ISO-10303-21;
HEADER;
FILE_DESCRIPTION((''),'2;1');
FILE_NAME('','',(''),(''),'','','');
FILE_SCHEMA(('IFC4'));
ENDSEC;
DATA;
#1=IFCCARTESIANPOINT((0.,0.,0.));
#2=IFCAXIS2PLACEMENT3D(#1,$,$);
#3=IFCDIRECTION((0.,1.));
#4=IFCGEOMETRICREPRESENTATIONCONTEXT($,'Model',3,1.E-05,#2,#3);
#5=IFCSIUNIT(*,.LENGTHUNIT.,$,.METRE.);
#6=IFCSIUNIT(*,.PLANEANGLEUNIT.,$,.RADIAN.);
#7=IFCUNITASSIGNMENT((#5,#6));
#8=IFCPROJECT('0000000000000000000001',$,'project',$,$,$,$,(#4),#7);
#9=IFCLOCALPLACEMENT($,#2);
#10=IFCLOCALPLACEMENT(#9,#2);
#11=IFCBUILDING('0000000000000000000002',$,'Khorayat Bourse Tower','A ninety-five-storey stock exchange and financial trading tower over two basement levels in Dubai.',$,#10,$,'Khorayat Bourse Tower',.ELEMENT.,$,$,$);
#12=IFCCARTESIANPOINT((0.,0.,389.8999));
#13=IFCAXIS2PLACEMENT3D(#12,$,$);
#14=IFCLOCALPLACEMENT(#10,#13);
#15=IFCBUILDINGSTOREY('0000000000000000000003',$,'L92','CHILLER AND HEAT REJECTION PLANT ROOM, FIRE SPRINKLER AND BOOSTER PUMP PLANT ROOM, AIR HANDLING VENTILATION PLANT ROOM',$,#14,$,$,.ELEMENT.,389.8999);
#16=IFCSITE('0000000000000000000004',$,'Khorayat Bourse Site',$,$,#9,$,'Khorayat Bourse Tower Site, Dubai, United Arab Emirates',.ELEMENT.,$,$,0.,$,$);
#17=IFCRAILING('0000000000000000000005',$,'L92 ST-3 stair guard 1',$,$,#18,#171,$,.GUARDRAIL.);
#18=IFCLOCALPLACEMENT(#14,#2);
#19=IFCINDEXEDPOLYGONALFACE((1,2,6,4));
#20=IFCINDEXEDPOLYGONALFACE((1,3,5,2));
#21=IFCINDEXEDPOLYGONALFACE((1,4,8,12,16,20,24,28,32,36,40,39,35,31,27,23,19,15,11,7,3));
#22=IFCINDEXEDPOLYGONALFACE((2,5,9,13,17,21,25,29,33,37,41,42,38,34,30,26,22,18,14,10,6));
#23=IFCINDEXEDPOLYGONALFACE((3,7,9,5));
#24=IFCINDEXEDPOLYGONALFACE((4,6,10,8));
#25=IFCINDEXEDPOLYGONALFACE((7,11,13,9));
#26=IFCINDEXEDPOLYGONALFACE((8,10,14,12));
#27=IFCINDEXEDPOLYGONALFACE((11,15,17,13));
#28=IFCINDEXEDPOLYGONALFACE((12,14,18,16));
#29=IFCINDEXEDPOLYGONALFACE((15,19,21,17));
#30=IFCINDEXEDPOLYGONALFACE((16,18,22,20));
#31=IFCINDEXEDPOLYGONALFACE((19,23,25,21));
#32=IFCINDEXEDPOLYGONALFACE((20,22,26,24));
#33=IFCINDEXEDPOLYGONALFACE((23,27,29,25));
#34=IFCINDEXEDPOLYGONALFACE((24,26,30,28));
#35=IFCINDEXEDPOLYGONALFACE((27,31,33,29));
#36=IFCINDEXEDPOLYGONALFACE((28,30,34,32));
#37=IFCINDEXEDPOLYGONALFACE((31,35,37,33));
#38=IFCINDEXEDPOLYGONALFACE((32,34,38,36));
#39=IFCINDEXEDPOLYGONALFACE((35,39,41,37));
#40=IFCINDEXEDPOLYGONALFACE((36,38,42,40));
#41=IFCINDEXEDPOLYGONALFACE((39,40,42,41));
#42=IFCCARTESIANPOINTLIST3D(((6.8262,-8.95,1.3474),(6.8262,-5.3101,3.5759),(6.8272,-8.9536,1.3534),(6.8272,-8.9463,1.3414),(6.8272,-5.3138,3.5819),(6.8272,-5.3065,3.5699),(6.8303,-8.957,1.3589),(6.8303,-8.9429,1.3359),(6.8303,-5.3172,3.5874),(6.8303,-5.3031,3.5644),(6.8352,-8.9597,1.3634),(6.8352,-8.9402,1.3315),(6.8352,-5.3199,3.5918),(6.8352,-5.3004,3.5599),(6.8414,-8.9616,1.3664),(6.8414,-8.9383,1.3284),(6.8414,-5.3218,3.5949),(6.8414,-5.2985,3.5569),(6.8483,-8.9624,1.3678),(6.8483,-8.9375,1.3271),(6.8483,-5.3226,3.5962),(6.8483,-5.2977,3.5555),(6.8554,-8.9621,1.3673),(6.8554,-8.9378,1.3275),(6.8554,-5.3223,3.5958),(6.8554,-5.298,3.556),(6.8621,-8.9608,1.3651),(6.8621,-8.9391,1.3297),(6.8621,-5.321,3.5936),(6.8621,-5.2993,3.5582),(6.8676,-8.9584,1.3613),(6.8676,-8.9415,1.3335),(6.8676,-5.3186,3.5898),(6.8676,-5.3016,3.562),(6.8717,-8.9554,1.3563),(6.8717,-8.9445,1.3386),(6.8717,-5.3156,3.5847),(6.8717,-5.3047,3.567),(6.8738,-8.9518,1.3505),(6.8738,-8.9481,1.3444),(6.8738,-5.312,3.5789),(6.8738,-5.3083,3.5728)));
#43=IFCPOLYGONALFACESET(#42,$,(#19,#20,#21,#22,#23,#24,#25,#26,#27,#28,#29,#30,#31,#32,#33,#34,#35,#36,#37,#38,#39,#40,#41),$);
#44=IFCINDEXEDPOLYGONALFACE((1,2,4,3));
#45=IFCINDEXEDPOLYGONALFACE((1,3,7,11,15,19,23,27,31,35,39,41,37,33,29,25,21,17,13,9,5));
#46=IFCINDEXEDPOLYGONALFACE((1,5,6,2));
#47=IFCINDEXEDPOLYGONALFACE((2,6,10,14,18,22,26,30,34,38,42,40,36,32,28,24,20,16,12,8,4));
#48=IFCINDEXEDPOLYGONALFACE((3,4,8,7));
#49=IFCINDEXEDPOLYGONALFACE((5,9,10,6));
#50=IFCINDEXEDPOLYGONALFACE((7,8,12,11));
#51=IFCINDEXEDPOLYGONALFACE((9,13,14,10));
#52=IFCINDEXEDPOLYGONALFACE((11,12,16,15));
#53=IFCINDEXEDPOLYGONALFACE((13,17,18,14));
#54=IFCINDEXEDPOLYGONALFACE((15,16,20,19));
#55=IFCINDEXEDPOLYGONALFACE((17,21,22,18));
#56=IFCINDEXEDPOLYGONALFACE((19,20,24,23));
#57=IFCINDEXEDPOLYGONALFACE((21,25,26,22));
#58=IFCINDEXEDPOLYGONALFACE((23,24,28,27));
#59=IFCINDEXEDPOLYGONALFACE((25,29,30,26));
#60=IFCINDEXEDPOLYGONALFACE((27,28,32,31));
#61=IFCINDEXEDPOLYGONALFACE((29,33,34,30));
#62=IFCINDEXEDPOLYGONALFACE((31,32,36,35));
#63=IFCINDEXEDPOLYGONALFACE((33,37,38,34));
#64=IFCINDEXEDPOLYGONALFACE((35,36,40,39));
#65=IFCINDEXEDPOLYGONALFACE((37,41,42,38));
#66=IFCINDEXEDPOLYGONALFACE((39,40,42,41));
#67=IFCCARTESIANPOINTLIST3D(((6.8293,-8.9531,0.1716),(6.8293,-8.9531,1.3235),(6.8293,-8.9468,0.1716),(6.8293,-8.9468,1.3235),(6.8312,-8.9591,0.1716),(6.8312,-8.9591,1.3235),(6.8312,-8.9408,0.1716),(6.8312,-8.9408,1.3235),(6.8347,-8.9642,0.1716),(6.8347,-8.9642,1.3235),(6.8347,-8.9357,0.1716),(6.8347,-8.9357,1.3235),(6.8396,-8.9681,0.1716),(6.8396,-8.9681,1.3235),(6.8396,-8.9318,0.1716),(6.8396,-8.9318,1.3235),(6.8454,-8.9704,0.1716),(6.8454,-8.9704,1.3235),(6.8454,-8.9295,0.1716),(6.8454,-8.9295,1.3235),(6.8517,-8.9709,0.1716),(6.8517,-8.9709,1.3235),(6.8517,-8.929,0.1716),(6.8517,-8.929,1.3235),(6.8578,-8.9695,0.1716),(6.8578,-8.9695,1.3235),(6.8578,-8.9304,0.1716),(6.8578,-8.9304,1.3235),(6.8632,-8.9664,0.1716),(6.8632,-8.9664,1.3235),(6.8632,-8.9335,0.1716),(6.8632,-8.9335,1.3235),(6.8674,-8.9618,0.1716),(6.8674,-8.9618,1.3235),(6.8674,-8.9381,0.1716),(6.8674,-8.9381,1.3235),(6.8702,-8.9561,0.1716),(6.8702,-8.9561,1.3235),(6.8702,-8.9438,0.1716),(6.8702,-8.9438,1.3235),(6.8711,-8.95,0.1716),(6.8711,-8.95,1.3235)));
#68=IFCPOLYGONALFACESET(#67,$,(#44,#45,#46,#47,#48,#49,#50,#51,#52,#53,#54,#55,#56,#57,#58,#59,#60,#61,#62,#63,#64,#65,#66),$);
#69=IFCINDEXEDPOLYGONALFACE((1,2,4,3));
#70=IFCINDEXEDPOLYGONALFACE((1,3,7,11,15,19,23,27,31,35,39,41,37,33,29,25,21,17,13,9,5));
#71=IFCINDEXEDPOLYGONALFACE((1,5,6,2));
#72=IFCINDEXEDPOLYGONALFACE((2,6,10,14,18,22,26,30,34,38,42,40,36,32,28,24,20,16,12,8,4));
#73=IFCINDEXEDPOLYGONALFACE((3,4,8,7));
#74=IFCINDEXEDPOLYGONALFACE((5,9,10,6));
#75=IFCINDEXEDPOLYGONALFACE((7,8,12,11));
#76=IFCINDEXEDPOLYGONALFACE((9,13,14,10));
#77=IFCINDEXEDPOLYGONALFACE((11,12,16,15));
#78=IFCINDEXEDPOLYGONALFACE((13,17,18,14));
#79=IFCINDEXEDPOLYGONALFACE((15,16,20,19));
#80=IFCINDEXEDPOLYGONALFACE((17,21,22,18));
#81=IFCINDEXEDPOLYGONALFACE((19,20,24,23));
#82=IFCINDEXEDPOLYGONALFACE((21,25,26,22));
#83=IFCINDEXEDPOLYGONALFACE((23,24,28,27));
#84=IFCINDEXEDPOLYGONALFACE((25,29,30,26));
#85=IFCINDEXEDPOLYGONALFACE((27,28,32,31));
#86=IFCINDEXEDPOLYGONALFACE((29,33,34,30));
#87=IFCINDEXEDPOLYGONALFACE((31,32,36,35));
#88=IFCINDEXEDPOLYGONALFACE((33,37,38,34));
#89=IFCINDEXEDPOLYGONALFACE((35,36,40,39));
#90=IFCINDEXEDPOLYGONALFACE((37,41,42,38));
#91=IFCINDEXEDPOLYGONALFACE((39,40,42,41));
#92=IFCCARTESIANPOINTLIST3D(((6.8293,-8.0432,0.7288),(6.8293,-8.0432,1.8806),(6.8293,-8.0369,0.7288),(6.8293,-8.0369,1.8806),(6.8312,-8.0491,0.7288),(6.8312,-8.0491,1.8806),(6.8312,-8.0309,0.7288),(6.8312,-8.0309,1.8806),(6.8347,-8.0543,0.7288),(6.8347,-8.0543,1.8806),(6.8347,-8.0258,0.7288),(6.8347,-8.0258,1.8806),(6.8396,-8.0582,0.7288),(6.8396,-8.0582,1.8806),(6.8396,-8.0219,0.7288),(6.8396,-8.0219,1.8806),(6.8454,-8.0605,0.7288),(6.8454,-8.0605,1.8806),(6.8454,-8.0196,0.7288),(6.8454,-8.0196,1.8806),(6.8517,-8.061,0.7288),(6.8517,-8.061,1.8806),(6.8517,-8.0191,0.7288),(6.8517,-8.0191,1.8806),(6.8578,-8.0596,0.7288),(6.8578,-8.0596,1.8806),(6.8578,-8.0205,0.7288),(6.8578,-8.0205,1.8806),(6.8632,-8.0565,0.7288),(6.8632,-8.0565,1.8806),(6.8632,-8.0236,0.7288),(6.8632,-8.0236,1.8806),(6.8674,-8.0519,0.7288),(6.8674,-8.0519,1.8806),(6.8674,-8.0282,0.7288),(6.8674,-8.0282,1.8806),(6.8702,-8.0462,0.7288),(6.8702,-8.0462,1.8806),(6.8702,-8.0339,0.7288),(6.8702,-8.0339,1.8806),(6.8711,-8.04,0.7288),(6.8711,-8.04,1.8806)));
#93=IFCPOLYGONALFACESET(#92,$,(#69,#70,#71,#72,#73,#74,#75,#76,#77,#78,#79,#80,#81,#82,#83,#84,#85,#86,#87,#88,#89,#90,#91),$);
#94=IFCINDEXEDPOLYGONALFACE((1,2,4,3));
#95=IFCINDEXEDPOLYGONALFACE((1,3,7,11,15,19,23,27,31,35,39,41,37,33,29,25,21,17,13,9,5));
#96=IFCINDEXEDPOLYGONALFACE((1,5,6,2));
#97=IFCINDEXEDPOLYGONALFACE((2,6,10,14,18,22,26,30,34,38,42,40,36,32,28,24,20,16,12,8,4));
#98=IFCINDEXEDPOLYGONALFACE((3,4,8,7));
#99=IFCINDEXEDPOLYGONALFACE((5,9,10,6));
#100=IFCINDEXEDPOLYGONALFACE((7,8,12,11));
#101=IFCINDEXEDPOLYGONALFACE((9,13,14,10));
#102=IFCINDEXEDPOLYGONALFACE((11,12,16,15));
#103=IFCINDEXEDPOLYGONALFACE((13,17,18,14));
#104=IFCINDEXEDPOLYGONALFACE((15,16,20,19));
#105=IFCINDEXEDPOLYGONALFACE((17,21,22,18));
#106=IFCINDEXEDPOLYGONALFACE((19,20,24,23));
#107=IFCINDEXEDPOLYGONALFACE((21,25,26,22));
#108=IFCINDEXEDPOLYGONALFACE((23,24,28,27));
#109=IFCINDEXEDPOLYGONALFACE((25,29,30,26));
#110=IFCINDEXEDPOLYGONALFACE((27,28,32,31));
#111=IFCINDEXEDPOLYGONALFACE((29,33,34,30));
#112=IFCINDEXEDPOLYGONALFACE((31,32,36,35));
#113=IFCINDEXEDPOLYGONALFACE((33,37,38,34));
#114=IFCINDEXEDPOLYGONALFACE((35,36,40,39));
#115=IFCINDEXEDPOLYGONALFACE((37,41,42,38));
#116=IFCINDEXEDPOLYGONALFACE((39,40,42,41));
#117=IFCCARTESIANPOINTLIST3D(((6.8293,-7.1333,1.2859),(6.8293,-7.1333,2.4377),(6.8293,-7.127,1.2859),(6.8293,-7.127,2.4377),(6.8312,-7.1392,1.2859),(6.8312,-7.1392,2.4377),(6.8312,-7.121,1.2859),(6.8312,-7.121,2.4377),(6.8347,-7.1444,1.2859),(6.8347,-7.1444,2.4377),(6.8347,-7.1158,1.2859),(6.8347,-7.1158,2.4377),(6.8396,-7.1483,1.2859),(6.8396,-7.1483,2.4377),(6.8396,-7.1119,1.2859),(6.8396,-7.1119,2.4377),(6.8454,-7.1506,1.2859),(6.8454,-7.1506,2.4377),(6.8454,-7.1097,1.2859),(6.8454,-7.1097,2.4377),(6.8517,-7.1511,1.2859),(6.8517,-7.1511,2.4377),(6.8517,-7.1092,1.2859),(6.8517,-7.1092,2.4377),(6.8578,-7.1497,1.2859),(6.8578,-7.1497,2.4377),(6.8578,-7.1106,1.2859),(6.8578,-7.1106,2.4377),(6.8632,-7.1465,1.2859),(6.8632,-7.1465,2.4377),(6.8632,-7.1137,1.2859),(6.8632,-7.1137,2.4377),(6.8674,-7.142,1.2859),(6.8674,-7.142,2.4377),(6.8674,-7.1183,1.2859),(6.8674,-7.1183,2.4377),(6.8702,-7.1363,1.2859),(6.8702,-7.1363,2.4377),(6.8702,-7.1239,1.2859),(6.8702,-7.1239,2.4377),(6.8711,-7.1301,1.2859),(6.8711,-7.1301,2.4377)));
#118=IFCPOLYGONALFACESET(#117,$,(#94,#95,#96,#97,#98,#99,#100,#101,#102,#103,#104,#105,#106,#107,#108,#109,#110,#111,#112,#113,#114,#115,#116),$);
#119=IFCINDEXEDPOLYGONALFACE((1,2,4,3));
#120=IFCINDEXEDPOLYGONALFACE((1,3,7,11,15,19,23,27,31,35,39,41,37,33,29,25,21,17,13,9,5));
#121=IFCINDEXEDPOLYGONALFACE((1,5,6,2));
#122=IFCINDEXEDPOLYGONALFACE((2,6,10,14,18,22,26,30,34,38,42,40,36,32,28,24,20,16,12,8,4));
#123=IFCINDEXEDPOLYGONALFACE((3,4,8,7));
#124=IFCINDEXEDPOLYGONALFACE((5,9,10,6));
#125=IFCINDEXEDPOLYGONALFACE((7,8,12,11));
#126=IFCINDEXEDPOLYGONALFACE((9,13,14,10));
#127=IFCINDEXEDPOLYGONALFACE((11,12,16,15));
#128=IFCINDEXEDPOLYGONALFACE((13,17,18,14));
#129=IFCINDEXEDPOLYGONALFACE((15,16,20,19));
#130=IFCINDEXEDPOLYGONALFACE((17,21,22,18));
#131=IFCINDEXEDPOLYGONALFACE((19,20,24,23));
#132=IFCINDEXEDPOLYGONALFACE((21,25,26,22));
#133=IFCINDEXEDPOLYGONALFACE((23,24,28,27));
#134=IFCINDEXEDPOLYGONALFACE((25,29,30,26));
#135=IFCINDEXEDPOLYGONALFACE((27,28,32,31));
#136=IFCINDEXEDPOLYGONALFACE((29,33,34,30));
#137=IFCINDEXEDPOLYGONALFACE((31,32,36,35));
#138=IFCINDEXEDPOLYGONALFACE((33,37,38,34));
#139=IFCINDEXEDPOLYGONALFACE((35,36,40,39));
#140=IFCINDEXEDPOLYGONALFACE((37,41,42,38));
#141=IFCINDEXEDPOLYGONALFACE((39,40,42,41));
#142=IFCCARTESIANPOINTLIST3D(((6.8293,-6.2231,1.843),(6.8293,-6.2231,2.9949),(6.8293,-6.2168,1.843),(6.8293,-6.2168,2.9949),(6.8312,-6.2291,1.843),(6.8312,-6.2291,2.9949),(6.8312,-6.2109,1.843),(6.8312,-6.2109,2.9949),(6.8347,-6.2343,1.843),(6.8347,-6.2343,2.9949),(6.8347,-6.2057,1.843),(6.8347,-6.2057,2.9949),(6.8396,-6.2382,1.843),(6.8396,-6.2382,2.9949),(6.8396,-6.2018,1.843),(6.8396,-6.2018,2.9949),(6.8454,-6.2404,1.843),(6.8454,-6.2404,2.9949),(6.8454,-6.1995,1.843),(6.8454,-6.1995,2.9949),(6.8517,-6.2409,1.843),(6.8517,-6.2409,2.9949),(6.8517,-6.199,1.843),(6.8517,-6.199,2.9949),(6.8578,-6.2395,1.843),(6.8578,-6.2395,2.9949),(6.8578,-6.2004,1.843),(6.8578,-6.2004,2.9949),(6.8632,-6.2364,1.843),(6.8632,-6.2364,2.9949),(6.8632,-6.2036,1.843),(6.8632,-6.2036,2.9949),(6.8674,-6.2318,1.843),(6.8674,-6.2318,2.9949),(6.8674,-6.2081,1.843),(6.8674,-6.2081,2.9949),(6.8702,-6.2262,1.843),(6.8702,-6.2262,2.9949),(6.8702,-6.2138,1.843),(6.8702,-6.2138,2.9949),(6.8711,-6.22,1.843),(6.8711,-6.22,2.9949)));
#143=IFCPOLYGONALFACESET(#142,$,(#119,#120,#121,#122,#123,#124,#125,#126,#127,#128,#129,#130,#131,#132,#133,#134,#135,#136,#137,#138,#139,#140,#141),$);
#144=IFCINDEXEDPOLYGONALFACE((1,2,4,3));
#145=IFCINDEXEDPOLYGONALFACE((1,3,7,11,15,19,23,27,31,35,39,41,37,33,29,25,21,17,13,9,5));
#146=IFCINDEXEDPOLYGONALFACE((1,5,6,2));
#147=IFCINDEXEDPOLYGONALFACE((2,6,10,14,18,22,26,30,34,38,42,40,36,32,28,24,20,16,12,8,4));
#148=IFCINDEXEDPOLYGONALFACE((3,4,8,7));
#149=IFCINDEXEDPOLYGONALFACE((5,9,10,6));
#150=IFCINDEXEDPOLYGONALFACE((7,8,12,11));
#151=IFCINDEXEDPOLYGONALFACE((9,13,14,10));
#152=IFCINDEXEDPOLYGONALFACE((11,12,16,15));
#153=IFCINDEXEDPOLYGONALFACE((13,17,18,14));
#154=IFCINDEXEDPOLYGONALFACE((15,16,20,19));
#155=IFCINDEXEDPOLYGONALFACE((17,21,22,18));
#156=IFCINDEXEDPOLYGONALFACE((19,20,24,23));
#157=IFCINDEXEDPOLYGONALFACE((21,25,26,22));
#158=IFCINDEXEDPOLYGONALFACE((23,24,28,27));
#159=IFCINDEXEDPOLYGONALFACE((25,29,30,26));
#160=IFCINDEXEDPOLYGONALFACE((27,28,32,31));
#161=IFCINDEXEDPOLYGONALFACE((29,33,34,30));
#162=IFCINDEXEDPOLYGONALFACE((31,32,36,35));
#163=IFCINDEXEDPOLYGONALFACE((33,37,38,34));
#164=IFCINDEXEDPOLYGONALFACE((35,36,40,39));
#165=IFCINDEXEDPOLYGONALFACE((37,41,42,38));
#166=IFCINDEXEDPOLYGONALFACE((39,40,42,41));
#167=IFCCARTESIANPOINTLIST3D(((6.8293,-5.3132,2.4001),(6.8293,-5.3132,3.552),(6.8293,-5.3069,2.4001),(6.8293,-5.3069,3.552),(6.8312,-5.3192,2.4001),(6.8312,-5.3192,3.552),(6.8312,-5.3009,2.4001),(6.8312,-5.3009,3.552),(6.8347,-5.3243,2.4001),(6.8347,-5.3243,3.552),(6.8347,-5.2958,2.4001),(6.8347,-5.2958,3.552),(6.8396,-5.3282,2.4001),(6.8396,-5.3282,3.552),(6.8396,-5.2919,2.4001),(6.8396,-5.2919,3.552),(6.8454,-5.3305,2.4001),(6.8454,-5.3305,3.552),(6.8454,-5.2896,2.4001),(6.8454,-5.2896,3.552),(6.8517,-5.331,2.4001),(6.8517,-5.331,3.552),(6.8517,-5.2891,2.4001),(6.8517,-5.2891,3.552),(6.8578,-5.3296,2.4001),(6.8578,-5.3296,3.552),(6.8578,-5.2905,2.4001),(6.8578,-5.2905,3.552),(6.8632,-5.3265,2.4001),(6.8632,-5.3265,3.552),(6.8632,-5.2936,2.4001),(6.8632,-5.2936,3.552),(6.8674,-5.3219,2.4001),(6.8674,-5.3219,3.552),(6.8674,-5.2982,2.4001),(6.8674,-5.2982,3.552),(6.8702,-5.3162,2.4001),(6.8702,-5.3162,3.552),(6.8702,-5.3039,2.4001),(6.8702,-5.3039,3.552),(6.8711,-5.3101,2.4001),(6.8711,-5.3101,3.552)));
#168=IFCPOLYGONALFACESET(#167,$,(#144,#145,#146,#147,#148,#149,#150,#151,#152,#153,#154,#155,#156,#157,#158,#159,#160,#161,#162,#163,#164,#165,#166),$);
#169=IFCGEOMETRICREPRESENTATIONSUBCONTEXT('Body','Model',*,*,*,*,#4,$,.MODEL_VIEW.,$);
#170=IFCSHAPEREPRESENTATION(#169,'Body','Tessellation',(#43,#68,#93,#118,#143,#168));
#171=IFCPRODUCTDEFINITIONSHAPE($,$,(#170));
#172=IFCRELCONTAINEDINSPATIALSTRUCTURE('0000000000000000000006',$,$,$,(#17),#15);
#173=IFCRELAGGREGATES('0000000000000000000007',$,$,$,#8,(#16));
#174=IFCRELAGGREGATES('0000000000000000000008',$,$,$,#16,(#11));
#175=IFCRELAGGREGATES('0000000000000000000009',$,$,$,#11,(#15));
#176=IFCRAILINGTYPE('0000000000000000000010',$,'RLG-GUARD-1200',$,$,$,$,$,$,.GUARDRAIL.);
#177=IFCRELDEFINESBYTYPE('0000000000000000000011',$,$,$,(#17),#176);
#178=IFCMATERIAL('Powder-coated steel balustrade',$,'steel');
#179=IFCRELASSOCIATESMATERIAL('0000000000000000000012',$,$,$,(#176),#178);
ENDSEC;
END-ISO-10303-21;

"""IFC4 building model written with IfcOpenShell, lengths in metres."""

from ifc_helpers import new_model, si_unit, direction, frame, origin, origin_2d, place, context, subcontext, project, spatial, circle, extrude, source, transform, mapped, material, type_object, element, save


model = new_model("IFC4")

# Units and contexts
model_context = context("Model", 3, precision=1e-05, world=origin(), true_north=direction((0.0, 1.0)))
body_context = subcontext(model_context, "Body", "Model", "MODEL_VIEW")
ifc_project = project(units=[si_unit("LENGTHUNIT", "METRE"), si_unit("PLANEANGLEUNIT", "RADIAN")], contexts=[model_context])

# Site, building, storey
site_placement = place(None, origin())
site = spatial("IfcSite", under=ifc_project, at=site_placement, Name="Khorayat Bourse Site", LongName="Khorayat Bourse Tower Site, Dubai, United Arab Emirates", CompositionType="ELEMENT", RefElevation=0.0)
building_placement = place(site_placement, origin())
building = spatial("IfcBuilding", under=site, at=building_placement, Name="Khorayat Bourse Tower", Description="A ninety-five-storey stock exchange and financial trading tower over two basement levels in Dubai.", LongName="Khorayat Bourse Tower", CompositionType="ELEMENT")
storey_placement = place(building_placement, frame((0.0, 0.0, 389.8999)))
storey = spatial("IfcBuildingStorey", under=building, at=storey_placement, Name="L92", Description="CHILLER AND HEAT REJECTION PLANT ROOM, FIRE SPRINKLER AND BOOSTER PUMP PLANT ROOM, AIR HANDLING VENTILATION PLANT ROOM", CompositionType="ELEMENT", Elevation=389.8999)

# Railing
ifc_material_1 = material(Name="Powder-coated steel balustrade", Category="steel")
railing_type_1 = type_object("IfcRailingType", Name="RLG-GUARD-1200", PredefinedType="GUARDRAIL", material=ifc_material_1)
shared_shape_1 = source(origin(), body_context, "Body", "SweptSolid", [
    extrude(circle(Radius=0.0239, at=origin_2d()), frame((0.0, 0.0, 1.1758), z_axis=(0.0, 0.85285, 0.522156), x_axis=(-1.0, 0.0, 0.0)), (0.0, 0.0, 1.0), 4.2678),
    extrude(circle(Radius=0.021, at=origin_2d()), origin(), (0.0, 0.0, 1.0), 1.1519),
    extrude(circle(Radius=0.021, at=origin_2d()), frame((0.0, 0.9099, 0.5571)), (0.0, 0.0, 1.0), 1.1519),
    extrude(circle(Radius=0.021, at=origin_2d()), frame((0.0, 1.8198, 1.1143)), (0.0, 0.0, 1.0), 1.1519),
    extrude(circle(Radius=0.021, at=origin_2d()), frame((0.0, 2.73, 1.6714)), (0.0, 0.0, 1.0), 1.1519),
    extrude(circle(Radius=0.021, at=origin_2d()), frame((0.0, 3.6399, 2.2285)), (0.0, 0.0, 1.0), 1.1519),
])
railing_1_placement = place(storey_placement, frame((6.8501, -8.95, 0.1716)))
element("IfcRailing", 1, at=railing_1_placement, inside=storey, type_object=railing_type_1, Name="L92 ST-3 stair guard 1", PredefinedType="GUARDRAIL", context=body_context, shape_type="MappedRepresentation", body=[
    mapped(shared_shape_1, transform((0.0, 0.0, 0.0), scale=1.0)),
])

save(model, "model.ifc")
